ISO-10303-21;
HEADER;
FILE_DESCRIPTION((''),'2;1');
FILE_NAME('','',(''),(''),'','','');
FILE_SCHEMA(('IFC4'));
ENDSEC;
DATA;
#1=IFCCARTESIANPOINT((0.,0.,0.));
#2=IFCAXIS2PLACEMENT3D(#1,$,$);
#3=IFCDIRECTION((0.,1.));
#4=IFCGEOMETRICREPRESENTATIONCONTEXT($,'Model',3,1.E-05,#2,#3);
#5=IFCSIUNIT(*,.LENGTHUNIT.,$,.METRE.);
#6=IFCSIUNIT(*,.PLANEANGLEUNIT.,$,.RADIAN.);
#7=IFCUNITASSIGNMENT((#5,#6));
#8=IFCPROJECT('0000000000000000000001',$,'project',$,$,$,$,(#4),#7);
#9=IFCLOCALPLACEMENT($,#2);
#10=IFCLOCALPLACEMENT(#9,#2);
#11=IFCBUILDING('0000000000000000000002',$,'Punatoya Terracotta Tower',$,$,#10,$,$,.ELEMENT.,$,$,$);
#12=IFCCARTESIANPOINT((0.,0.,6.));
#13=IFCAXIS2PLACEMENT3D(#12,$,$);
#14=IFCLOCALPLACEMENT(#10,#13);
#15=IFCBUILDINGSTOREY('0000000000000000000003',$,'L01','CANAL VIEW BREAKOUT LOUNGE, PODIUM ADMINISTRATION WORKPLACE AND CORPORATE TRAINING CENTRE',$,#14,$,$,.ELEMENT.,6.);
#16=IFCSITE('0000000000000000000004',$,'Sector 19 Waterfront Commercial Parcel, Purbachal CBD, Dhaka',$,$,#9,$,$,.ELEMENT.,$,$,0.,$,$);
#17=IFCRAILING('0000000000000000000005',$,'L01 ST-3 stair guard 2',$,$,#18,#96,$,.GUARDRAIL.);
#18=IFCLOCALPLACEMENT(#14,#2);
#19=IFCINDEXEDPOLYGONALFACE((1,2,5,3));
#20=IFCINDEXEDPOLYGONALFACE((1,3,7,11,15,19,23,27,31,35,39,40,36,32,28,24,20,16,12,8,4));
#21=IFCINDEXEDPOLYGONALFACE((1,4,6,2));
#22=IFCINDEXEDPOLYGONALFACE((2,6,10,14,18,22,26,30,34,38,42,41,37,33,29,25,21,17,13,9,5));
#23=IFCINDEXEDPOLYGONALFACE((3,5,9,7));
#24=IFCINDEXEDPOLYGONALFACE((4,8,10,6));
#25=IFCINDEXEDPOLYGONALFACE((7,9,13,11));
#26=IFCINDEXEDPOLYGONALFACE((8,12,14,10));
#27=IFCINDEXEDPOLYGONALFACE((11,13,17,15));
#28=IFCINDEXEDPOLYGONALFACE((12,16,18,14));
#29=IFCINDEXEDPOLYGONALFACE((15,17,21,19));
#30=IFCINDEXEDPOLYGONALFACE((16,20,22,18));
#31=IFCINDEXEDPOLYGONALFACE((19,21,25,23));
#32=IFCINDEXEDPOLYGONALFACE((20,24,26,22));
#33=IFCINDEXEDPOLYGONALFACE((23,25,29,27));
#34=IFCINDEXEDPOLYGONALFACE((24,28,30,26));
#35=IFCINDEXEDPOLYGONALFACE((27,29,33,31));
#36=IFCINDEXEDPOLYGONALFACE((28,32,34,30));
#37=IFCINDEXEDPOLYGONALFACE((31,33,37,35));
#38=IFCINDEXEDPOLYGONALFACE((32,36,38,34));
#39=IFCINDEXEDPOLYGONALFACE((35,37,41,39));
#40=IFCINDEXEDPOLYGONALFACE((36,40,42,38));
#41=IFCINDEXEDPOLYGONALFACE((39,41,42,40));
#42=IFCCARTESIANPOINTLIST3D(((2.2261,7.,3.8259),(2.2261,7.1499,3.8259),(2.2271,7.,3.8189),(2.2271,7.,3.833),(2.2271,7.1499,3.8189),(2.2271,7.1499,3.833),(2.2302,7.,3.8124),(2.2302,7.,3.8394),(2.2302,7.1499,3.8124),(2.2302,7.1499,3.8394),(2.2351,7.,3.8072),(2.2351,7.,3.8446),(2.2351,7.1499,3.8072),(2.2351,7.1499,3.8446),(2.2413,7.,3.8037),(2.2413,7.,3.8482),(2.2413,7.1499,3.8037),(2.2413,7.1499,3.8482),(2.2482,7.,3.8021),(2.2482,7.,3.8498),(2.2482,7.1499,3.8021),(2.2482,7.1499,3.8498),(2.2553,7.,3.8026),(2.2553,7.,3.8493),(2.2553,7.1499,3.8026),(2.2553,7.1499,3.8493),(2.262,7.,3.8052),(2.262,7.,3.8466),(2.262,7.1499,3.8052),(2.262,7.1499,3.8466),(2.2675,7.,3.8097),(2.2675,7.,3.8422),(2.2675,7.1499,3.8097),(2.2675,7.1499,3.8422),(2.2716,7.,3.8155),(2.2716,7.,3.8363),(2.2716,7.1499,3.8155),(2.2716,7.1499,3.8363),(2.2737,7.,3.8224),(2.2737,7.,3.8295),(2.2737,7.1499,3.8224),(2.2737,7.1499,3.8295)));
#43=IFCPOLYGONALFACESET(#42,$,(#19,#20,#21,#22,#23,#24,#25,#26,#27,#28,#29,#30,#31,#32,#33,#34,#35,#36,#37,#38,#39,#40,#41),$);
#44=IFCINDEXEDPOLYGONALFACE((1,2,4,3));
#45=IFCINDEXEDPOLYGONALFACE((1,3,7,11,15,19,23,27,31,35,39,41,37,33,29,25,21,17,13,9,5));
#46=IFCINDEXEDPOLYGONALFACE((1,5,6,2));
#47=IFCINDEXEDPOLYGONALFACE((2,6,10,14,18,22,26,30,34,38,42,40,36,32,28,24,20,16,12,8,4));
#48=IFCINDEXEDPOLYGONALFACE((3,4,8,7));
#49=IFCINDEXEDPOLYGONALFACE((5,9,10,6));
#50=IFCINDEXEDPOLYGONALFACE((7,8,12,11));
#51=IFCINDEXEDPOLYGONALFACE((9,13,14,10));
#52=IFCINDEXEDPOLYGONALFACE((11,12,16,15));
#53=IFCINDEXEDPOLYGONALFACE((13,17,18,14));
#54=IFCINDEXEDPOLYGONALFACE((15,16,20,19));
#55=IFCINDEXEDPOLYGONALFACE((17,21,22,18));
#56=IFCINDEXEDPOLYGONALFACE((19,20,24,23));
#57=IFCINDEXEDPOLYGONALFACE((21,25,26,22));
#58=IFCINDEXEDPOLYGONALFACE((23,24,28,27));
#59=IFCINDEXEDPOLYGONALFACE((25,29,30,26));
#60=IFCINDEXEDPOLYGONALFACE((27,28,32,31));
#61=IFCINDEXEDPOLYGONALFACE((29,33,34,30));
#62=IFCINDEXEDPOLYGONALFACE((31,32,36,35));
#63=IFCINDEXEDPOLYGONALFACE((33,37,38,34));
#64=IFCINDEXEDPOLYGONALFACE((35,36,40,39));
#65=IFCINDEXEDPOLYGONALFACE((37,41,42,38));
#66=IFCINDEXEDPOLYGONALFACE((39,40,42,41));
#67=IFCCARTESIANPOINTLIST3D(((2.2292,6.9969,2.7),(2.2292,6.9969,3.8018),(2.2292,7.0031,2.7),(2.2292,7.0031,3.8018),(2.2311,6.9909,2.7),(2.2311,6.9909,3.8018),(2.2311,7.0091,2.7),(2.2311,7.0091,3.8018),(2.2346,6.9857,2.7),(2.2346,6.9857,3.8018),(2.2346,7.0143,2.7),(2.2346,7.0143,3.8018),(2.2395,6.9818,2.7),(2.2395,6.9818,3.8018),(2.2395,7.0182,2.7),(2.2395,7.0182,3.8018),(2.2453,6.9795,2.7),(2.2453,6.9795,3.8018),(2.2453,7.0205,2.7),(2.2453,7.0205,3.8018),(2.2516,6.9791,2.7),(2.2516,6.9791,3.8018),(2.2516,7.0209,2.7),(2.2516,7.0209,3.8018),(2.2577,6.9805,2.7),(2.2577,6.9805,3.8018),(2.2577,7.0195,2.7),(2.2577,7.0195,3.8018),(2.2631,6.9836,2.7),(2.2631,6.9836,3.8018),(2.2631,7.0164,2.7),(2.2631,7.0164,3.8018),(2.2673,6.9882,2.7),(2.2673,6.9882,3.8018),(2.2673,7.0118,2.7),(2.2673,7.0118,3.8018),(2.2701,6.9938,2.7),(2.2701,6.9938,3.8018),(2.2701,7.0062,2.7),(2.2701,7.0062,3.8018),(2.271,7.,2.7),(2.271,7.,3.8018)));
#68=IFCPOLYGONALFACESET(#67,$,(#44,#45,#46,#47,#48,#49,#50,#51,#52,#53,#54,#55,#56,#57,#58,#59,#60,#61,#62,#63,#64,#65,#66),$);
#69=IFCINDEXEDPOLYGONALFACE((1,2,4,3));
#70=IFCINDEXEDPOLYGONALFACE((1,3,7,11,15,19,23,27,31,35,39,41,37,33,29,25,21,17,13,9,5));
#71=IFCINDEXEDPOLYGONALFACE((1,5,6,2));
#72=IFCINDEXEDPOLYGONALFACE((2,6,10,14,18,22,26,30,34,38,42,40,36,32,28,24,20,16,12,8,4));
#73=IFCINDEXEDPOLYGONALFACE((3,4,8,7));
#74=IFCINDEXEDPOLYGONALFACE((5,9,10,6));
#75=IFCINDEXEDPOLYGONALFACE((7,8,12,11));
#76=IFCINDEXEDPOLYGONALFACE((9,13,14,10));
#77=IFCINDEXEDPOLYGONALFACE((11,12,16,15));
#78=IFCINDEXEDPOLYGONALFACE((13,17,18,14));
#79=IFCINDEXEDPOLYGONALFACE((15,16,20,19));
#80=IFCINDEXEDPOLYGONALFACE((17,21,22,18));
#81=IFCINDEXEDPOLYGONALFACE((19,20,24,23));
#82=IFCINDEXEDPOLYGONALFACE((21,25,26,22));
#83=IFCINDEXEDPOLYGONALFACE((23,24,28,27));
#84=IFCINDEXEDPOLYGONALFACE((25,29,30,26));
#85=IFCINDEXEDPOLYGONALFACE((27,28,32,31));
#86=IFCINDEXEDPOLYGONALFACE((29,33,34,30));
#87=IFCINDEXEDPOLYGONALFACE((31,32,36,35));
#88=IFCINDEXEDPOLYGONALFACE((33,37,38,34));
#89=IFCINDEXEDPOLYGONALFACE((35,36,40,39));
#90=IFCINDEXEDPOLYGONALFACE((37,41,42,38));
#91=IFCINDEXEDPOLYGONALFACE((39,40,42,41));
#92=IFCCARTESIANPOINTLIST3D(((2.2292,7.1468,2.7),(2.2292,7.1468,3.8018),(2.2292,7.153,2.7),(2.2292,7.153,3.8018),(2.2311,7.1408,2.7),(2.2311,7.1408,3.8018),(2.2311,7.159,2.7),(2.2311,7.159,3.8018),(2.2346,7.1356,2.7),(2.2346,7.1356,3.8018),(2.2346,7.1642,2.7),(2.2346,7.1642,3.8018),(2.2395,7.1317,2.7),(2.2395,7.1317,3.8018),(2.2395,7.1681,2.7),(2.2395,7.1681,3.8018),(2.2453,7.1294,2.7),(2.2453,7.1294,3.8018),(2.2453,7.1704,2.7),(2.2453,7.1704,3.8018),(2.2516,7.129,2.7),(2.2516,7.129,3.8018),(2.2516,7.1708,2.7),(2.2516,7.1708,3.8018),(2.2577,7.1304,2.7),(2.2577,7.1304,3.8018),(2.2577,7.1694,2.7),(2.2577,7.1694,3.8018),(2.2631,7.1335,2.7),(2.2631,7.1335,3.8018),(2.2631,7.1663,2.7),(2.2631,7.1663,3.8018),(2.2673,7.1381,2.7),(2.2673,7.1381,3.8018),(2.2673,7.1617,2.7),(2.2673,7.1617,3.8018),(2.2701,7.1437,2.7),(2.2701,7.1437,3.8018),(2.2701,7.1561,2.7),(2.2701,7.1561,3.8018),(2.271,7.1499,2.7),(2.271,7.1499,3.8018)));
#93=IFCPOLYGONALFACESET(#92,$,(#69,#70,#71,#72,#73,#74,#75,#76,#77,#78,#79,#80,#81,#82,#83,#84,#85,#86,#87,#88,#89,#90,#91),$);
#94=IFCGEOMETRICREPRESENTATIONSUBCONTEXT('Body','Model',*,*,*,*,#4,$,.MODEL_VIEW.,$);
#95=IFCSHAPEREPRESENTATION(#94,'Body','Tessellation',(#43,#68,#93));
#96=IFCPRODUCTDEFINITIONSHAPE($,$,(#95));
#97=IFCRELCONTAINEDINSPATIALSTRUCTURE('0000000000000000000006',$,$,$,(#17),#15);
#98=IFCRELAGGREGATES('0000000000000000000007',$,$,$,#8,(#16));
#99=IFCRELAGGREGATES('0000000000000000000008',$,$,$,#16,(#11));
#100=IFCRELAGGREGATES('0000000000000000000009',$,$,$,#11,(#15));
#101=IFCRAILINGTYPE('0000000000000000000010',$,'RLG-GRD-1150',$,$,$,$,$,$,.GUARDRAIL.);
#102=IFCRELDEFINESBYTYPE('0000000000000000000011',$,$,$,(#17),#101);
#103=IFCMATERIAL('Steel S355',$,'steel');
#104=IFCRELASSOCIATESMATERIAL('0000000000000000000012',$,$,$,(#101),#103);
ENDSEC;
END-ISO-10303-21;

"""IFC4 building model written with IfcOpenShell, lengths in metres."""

from ifc_helpers import new_model, si_unit, direction, frame, origin, origin_2d, place, context, subcontext, project, spatial, circle, extrude, material, type_object, element, save


model = new_model("IFC4")

# Units and contexts
model_context = context("Model", 3, precision=1e-05, world=origin(), true_north=direction((0.0, 1.0)))
body_context = subcontext(model_context, "Body", "Model", "MODEL_VIEW")
ifc_project = project(units=[si_unit("LENGTHUNIT", "METRE"), si_unit("PLANEANGLEUNIT", "RADIAN")], contexts=[model_context])

# Site, building, storey
site_placement = place(None, origin())
site = spatial("IfcSite", under=ifc_project, at=site_placement, Name="Sector 19 Waterfront Commercial Parcel, Purbachal CBD, Dhaka", CompositionType="ELEMENT", RefElevation=0.0)
building_placement = place(site_placement, origin())
building = spatial("IfcBuilding", under=site, at=building_placement, Name="Punatoya Terracotta Tower", CompositionType="ELEMENT")
storey_placement = place(building_placement, frame((0.0, 0.0, 6.0)))
storey = spatial("IfcBuildingStorey", under=building, at=storey_placement, Name="L01", Description="CANAL VIEW BREAKOUT LOUNGE, PODIUM ADMINISTRATION WORKPLACE AND CORPORATE TRAINING CENTRE", CompositionType="ELEMENT", Elevation=6.0)

# Shared definitions
ifc_material_1 = material(Name="Steel S355", Category="steel")

# Railing
railing_type_1 = type_object("IfcRailingType", Name="RLG-GRD-1150", PredefinedType="GUARDRAIL", material=ifc_material_1)
railing_1_placement = place(storey_placement, frame((2.25, 7.0, 2.7)))
element("IfcRailing", 1, at=railing_1_placement, inside=storey, type_object=railing_type_1, Name="L01 ST-3 stair guard 2", PredefinedType="GUARDRAIL", context=body_context, shape_type="SweptSolid", body=[
    extrude(circle(Radius=0.0239, at=origin_2d()), frame((0.0, 0.0, 1.126), z_axis=(0.0, 1.0, 0.0), x_axis=(-1.0, 0.0, 0.0)), (0.0, 0.0, 1.0), 0.1499),
    extrude(circle(Radius=0.021, at=origin_2d()), origin(), (0.0, 0.0, 1.0), 1.1018),
    extrude(circle(Radius=0.021, at=origin_2d()), frame((0.0, 0.1499, 0.0)), (0.0, 0.0, 1.0), 1.1018),
])

save(model, "model.ifc")
